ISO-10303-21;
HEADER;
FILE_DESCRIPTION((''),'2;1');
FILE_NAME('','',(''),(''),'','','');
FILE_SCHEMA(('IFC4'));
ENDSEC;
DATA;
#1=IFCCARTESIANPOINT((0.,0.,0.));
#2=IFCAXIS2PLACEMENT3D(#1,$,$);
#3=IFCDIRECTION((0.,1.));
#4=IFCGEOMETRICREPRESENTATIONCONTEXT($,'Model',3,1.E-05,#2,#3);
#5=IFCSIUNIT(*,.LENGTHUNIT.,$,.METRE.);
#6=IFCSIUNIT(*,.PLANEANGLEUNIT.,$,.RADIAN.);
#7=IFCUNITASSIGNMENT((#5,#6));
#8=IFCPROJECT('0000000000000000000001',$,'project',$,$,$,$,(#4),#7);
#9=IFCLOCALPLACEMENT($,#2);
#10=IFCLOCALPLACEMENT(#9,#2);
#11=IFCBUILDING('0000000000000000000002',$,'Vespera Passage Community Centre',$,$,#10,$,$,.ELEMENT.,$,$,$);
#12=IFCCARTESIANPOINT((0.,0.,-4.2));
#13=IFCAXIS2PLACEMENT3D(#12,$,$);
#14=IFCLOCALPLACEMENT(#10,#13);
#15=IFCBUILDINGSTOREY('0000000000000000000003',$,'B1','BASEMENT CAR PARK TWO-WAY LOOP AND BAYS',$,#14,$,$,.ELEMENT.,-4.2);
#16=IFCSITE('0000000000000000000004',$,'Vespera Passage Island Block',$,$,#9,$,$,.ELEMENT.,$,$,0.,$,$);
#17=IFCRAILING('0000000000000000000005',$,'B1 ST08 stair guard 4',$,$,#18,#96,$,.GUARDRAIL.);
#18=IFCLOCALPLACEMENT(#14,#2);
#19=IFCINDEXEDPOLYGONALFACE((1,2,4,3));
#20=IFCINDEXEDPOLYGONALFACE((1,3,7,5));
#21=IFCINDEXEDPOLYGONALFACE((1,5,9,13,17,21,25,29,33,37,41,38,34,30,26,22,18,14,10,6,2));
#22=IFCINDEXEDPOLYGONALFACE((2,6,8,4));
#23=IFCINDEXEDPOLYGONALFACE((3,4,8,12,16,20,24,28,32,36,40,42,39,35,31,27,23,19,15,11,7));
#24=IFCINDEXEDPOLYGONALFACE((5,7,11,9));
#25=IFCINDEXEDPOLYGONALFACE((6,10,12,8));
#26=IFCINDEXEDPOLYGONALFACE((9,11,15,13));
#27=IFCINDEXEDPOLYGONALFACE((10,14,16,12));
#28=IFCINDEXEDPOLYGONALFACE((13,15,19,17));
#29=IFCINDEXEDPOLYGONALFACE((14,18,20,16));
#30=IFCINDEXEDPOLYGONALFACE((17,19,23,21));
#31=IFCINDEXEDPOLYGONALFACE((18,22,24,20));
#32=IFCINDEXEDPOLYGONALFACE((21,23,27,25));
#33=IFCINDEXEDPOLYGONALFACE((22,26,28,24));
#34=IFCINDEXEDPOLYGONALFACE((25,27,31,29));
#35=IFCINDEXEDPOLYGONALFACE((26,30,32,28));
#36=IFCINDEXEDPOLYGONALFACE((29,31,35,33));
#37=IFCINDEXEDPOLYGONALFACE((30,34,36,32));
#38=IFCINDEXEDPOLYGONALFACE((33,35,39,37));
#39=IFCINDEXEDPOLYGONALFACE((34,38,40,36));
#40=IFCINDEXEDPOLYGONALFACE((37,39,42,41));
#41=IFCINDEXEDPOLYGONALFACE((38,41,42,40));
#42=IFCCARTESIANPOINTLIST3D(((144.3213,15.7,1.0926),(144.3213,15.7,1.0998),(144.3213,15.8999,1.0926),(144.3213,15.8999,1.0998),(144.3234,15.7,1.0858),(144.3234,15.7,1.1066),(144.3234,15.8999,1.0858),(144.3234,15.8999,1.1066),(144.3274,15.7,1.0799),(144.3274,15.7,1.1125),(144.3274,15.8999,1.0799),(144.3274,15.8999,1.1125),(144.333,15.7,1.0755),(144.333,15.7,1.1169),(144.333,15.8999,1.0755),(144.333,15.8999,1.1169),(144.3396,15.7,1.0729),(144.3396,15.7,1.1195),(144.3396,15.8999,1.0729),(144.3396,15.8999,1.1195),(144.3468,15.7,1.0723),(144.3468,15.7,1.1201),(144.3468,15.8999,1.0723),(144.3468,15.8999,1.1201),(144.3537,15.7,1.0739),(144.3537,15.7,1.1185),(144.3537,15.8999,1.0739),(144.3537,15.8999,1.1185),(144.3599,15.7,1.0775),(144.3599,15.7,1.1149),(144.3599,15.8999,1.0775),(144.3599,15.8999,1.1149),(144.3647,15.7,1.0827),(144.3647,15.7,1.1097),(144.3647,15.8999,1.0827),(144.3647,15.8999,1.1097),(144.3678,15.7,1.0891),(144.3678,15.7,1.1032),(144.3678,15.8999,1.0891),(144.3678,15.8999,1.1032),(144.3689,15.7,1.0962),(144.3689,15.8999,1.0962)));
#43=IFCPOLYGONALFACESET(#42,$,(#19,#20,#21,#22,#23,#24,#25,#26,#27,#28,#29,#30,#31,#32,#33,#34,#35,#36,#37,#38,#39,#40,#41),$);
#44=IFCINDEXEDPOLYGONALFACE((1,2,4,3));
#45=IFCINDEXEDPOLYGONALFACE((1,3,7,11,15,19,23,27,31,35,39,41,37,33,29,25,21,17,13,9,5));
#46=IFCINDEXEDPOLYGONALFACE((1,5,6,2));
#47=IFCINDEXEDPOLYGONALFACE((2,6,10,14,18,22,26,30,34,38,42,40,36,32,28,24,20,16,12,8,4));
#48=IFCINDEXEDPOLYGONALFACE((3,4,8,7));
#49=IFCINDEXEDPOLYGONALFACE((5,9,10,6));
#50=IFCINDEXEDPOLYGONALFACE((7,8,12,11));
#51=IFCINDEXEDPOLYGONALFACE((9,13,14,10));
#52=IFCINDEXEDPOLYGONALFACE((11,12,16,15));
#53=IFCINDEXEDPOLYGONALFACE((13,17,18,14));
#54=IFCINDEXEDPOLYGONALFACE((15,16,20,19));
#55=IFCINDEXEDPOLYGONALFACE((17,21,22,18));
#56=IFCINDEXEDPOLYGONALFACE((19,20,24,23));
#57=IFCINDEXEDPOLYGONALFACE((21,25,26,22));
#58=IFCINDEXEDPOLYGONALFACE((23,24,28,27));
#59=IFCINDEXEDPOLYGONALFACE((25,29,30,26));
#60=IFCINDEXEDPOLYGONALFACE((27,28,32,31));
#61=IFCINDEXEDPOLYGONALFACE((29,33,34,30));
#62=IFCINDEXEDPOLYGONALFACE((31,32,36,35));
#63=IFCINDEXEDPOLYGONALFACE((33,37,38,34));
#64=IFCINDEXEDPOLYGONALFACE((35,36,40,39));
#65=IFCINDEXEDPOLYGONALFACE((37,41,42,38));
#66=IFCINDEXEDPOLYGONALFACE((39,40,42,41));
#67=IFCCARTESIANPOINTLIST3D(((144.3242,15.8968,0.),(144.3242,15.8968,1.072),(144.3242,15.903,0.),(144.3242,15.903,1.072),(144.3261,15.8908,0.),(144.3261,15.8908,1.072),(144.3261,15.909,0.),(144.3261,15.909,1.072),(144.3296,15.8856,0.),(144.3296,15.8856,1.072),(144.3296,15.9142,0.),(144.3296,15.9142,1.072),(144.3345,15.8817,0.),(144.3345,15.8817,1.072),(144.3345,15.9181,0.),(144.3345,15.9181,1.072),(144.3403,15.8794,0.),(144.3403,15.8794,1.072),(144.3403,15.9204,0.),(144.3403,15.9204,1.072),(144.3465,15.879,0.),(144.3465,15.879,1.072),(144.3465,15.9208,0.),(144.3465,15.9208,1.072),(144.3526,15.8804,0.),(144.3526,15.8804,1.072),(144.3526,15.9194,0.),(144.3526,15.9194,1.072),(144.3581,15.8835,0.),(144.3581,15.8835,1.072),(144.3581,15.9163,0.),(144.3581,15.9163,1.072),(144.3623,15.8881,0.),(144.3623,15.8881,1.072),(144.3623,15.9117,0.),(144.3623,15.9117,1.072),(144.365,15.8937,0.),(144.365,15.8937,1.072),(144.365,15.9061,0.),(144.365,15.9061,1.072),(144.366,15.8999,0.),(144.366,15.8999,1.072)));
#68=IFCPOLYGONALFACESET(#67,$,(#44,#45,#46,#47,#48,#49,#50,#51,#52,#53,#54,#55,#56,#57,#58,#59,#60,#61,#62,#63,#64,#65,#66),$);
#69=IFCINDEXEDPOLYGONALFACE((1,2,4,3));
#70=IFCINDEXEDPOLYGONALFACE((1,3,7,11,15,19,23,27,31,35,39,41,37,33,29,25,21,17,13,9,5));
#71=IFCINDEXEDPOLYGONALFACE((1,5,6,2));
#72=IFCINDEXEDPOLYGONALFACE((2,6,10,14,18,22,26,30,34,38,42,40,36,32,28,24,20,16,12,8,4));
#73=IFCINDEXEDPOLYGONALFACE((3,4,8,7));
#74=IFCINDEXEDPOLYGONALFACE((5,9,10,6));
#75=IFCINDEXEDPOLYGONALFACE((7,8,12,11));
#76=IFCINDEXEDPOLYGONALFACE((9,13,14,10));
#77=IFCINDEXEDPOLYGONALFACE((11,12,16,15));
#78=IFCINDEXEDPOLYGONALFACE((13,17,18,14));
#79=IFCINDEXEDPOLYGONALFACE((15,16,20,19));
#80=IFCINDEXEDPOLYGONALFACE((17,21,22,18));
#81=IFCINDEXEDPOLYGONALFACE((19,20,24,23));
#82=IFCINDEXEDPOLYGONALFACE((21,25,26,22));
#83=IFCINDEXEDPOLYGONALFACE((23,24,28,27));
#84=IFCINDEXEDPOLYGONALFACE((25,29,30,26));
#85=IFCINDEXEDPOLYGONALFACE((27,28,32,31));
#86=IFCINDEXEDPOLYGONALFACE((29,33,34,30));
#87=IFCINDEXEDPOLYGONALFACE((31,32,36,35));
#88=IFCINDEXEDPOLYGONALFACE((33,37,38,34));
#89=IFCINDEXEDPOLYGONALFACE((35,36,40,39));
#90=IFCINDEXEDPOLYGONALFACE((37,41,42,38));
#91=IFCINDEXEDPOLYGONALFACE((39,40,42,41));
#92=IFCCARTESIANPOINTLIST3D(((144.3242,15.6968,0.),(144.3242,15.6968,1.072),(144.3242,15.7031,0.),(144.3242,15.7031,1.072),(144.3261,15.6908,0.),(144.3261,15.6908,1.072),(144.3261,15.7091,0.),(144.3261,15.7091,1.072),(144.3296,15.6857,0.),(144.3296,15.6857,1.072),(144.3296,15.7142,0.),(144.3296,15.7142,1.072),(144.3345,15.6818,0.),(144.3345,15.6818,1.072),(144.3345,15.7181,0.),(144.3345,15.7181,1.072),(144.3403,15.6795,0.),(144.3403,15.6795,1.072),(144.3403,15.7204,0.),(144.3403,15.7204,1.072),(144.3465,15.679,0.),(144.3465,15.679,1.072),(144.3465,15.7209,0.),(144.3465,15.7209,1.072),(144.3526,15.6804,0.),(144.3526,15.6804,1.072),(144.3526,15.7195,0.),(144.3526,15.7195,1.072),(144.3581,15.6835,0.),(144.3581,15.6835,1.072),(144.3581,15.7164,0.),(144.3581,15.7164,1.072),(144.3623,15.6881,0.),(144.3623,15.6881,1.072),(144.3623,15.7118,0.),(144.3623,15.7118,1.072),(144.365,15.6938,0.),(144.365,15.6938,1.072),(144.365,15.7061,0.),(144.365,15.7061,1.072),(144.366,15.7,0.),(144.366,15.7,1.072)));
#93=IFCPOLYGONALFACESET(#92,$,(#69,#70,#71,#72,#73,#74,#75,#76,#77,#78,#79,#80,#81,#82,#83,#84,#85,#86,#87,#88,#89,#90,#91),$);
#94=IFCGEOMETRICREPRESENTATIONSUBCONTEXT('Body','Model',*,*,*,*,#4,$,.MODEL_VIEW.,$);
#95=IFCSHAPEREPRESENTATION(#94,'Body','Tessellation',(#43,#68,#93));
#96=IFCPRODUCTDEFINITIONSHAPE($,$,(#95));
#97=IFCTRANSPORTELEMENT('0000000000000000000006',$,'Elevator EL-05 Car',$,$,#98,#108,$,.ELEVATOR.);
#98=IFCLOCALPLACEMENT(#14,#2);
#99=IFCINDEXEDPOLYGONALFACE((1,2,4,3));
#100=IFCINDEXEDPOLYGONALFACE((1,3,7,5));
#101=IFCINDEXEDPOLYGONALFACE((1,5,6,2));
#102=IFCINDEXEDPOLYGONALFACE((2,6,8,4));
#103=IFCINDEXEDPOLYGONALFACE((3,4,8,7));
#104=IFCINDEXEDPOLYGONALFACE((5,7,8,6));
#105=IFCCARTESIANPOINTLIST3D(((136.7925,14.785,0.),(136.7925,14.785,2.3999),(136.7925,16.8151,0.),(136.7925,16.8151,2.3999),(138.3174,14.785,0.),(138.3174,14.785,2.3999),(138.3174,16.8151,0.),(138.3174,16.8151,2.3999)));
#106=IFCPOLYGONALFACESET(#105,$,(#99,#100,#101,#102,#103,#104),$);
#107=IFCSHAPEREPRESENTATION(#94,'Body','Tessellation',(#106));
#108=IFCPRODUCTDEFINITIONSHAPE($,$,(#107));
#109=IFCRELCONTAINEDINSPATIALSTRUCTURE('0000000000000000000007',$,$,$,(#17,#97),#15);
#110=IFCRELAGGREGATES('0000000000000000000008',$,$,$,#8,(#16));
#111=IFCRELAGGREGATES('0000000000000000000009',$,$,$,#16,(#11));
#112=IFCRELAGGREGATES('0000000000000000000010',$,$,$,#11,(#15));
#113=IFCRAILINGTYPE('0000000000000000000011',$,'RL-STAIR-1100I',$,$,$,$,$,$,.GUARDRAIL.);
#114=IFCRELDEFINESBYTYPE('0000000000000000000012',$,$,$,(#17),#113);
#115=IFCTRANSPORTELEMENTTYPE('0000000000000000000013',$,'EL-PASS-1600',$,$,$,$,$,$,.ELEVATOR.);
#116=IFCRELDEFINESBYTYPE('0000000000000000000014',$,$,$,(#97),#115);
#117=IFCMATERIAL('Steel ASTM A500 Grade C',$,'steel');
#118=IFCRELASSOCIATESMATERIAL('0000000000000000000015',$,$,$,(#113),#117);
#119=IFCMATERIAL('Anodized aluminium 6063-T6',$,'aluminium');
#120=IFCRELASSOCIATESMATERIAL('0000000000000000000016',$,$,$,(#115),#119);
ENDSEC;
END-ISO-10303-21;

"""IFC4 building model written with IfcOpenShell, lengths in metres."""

from ifc_helpers import new_model, si_unit, direction, frame, origin, origin_2d, place, context, subcontext, project, spatial, rectangle, circle, extrude, material, type_object, element, save


model = new_model("IFC4")

# Units and contexts
model_context = context("Model", 3, precision=1e-05, world=origin(), true_north=direction((0.0, 1.0)))
body_context = subcontext(model_context, "Body", "Model", "MODEL_VIEW")
ifc_project = project(units=[si_unit("LENGTHUNIT", "METRE"), si_unit("PLANEANGLEUNIT", "RADIAN")], contexts=[model_context])

# Site, building, storey
site_placement = place(None, origin())
site = spatial("IfcSite", under=ifc_project, at=site_placement, Name="Vespera Passage Island Block", CompositionType="ELEMENT", RefElevation=0.0)
building_placement = place(site_placement, origin())
building = spatial("IfcBuilding", under=site, at=building_placement, Name="Vespera Passage Community Centre", CompositionType="ELEMENT")
storey_placement = place(building_placement, frame((0.0, 0.0, -4.2)))
storey = spatial("IfcBuildingStorey", under=building, at=storey_placement, Name="B1", Description="BASEMENT CAR PARK TWO-WAY LOOP AND BAYS", CompositionType="ELEMENT", Elevation=-4.2)

# Railing
ifc_material_1 = material(Name="Steel ASTM A500 Grade C", Category="steel")
railing_type_1 = type_object("IfcRailingType", Name="RL-STAIR-1100I", PredefinedType="GUARDRAIL", material=ifc_material_1)
railing_1_placement = place(storey_placement, frame((144.345, 15.8999, 0.0)))
element("IfcRailing", 1, at=railing_1_placement, inside=storey, type_object=railing_type_1, Name="B1 ST08 stair guard 4", PredefinedType="GUARDRAIL", context=body_context, shape_type="SweptSolid", body=[
    extrude(circle(Radius=0.0239, at=origin_2d()), frame((0.0, 0.0, 1.0962), z_axis=(0.0, -1.0, 0.0), x_axis=(1.0, 0.0, 0.0)), (0.0, 0.0, 1.0), 0.2),
    extrude(circle(Radius=0.021, at=origin_2d()), origin(), (0.0, 0.0, 1.0), 1.072),
    extrude(circle(Radius=0.021, at=origin_2d()), frame((0.0, -0.2, 0.0)), (0.0, 0.0, 1.0), 1.072),
])

# Transport element
ifc_material_2 = material(Name="Anodized aluminium 6063-T6", Category="aluminium")
transport_element_type = type_object("IfcTransportElementType", Name="EL-PASS-1600", PredefinedType="ELEVATOR", material=ifc_material_2)
transport_element_placement = place(storey_placement, frame((137.5549, 15.8, 0.0), z_axis=(0.0, 0.0, 1.0), x_axis=(-1.0, 0.0, 0.0)))
element("IfcTransportElement", 2, at=transport_element_placement, inside=storey, type_object=transport_element_type, Name="Elevator EL-05 Car", PredefinedType="ELEVATOR", context=body_context, shape_type="SweptSolid", body=[
    extrude(rectangle(XDim=1.5249, YDim=2.03, at=origin_2d()), origin(), (0.0, 0.0, 1.0), 2.3999),
])

save(model, "model.ifc")
